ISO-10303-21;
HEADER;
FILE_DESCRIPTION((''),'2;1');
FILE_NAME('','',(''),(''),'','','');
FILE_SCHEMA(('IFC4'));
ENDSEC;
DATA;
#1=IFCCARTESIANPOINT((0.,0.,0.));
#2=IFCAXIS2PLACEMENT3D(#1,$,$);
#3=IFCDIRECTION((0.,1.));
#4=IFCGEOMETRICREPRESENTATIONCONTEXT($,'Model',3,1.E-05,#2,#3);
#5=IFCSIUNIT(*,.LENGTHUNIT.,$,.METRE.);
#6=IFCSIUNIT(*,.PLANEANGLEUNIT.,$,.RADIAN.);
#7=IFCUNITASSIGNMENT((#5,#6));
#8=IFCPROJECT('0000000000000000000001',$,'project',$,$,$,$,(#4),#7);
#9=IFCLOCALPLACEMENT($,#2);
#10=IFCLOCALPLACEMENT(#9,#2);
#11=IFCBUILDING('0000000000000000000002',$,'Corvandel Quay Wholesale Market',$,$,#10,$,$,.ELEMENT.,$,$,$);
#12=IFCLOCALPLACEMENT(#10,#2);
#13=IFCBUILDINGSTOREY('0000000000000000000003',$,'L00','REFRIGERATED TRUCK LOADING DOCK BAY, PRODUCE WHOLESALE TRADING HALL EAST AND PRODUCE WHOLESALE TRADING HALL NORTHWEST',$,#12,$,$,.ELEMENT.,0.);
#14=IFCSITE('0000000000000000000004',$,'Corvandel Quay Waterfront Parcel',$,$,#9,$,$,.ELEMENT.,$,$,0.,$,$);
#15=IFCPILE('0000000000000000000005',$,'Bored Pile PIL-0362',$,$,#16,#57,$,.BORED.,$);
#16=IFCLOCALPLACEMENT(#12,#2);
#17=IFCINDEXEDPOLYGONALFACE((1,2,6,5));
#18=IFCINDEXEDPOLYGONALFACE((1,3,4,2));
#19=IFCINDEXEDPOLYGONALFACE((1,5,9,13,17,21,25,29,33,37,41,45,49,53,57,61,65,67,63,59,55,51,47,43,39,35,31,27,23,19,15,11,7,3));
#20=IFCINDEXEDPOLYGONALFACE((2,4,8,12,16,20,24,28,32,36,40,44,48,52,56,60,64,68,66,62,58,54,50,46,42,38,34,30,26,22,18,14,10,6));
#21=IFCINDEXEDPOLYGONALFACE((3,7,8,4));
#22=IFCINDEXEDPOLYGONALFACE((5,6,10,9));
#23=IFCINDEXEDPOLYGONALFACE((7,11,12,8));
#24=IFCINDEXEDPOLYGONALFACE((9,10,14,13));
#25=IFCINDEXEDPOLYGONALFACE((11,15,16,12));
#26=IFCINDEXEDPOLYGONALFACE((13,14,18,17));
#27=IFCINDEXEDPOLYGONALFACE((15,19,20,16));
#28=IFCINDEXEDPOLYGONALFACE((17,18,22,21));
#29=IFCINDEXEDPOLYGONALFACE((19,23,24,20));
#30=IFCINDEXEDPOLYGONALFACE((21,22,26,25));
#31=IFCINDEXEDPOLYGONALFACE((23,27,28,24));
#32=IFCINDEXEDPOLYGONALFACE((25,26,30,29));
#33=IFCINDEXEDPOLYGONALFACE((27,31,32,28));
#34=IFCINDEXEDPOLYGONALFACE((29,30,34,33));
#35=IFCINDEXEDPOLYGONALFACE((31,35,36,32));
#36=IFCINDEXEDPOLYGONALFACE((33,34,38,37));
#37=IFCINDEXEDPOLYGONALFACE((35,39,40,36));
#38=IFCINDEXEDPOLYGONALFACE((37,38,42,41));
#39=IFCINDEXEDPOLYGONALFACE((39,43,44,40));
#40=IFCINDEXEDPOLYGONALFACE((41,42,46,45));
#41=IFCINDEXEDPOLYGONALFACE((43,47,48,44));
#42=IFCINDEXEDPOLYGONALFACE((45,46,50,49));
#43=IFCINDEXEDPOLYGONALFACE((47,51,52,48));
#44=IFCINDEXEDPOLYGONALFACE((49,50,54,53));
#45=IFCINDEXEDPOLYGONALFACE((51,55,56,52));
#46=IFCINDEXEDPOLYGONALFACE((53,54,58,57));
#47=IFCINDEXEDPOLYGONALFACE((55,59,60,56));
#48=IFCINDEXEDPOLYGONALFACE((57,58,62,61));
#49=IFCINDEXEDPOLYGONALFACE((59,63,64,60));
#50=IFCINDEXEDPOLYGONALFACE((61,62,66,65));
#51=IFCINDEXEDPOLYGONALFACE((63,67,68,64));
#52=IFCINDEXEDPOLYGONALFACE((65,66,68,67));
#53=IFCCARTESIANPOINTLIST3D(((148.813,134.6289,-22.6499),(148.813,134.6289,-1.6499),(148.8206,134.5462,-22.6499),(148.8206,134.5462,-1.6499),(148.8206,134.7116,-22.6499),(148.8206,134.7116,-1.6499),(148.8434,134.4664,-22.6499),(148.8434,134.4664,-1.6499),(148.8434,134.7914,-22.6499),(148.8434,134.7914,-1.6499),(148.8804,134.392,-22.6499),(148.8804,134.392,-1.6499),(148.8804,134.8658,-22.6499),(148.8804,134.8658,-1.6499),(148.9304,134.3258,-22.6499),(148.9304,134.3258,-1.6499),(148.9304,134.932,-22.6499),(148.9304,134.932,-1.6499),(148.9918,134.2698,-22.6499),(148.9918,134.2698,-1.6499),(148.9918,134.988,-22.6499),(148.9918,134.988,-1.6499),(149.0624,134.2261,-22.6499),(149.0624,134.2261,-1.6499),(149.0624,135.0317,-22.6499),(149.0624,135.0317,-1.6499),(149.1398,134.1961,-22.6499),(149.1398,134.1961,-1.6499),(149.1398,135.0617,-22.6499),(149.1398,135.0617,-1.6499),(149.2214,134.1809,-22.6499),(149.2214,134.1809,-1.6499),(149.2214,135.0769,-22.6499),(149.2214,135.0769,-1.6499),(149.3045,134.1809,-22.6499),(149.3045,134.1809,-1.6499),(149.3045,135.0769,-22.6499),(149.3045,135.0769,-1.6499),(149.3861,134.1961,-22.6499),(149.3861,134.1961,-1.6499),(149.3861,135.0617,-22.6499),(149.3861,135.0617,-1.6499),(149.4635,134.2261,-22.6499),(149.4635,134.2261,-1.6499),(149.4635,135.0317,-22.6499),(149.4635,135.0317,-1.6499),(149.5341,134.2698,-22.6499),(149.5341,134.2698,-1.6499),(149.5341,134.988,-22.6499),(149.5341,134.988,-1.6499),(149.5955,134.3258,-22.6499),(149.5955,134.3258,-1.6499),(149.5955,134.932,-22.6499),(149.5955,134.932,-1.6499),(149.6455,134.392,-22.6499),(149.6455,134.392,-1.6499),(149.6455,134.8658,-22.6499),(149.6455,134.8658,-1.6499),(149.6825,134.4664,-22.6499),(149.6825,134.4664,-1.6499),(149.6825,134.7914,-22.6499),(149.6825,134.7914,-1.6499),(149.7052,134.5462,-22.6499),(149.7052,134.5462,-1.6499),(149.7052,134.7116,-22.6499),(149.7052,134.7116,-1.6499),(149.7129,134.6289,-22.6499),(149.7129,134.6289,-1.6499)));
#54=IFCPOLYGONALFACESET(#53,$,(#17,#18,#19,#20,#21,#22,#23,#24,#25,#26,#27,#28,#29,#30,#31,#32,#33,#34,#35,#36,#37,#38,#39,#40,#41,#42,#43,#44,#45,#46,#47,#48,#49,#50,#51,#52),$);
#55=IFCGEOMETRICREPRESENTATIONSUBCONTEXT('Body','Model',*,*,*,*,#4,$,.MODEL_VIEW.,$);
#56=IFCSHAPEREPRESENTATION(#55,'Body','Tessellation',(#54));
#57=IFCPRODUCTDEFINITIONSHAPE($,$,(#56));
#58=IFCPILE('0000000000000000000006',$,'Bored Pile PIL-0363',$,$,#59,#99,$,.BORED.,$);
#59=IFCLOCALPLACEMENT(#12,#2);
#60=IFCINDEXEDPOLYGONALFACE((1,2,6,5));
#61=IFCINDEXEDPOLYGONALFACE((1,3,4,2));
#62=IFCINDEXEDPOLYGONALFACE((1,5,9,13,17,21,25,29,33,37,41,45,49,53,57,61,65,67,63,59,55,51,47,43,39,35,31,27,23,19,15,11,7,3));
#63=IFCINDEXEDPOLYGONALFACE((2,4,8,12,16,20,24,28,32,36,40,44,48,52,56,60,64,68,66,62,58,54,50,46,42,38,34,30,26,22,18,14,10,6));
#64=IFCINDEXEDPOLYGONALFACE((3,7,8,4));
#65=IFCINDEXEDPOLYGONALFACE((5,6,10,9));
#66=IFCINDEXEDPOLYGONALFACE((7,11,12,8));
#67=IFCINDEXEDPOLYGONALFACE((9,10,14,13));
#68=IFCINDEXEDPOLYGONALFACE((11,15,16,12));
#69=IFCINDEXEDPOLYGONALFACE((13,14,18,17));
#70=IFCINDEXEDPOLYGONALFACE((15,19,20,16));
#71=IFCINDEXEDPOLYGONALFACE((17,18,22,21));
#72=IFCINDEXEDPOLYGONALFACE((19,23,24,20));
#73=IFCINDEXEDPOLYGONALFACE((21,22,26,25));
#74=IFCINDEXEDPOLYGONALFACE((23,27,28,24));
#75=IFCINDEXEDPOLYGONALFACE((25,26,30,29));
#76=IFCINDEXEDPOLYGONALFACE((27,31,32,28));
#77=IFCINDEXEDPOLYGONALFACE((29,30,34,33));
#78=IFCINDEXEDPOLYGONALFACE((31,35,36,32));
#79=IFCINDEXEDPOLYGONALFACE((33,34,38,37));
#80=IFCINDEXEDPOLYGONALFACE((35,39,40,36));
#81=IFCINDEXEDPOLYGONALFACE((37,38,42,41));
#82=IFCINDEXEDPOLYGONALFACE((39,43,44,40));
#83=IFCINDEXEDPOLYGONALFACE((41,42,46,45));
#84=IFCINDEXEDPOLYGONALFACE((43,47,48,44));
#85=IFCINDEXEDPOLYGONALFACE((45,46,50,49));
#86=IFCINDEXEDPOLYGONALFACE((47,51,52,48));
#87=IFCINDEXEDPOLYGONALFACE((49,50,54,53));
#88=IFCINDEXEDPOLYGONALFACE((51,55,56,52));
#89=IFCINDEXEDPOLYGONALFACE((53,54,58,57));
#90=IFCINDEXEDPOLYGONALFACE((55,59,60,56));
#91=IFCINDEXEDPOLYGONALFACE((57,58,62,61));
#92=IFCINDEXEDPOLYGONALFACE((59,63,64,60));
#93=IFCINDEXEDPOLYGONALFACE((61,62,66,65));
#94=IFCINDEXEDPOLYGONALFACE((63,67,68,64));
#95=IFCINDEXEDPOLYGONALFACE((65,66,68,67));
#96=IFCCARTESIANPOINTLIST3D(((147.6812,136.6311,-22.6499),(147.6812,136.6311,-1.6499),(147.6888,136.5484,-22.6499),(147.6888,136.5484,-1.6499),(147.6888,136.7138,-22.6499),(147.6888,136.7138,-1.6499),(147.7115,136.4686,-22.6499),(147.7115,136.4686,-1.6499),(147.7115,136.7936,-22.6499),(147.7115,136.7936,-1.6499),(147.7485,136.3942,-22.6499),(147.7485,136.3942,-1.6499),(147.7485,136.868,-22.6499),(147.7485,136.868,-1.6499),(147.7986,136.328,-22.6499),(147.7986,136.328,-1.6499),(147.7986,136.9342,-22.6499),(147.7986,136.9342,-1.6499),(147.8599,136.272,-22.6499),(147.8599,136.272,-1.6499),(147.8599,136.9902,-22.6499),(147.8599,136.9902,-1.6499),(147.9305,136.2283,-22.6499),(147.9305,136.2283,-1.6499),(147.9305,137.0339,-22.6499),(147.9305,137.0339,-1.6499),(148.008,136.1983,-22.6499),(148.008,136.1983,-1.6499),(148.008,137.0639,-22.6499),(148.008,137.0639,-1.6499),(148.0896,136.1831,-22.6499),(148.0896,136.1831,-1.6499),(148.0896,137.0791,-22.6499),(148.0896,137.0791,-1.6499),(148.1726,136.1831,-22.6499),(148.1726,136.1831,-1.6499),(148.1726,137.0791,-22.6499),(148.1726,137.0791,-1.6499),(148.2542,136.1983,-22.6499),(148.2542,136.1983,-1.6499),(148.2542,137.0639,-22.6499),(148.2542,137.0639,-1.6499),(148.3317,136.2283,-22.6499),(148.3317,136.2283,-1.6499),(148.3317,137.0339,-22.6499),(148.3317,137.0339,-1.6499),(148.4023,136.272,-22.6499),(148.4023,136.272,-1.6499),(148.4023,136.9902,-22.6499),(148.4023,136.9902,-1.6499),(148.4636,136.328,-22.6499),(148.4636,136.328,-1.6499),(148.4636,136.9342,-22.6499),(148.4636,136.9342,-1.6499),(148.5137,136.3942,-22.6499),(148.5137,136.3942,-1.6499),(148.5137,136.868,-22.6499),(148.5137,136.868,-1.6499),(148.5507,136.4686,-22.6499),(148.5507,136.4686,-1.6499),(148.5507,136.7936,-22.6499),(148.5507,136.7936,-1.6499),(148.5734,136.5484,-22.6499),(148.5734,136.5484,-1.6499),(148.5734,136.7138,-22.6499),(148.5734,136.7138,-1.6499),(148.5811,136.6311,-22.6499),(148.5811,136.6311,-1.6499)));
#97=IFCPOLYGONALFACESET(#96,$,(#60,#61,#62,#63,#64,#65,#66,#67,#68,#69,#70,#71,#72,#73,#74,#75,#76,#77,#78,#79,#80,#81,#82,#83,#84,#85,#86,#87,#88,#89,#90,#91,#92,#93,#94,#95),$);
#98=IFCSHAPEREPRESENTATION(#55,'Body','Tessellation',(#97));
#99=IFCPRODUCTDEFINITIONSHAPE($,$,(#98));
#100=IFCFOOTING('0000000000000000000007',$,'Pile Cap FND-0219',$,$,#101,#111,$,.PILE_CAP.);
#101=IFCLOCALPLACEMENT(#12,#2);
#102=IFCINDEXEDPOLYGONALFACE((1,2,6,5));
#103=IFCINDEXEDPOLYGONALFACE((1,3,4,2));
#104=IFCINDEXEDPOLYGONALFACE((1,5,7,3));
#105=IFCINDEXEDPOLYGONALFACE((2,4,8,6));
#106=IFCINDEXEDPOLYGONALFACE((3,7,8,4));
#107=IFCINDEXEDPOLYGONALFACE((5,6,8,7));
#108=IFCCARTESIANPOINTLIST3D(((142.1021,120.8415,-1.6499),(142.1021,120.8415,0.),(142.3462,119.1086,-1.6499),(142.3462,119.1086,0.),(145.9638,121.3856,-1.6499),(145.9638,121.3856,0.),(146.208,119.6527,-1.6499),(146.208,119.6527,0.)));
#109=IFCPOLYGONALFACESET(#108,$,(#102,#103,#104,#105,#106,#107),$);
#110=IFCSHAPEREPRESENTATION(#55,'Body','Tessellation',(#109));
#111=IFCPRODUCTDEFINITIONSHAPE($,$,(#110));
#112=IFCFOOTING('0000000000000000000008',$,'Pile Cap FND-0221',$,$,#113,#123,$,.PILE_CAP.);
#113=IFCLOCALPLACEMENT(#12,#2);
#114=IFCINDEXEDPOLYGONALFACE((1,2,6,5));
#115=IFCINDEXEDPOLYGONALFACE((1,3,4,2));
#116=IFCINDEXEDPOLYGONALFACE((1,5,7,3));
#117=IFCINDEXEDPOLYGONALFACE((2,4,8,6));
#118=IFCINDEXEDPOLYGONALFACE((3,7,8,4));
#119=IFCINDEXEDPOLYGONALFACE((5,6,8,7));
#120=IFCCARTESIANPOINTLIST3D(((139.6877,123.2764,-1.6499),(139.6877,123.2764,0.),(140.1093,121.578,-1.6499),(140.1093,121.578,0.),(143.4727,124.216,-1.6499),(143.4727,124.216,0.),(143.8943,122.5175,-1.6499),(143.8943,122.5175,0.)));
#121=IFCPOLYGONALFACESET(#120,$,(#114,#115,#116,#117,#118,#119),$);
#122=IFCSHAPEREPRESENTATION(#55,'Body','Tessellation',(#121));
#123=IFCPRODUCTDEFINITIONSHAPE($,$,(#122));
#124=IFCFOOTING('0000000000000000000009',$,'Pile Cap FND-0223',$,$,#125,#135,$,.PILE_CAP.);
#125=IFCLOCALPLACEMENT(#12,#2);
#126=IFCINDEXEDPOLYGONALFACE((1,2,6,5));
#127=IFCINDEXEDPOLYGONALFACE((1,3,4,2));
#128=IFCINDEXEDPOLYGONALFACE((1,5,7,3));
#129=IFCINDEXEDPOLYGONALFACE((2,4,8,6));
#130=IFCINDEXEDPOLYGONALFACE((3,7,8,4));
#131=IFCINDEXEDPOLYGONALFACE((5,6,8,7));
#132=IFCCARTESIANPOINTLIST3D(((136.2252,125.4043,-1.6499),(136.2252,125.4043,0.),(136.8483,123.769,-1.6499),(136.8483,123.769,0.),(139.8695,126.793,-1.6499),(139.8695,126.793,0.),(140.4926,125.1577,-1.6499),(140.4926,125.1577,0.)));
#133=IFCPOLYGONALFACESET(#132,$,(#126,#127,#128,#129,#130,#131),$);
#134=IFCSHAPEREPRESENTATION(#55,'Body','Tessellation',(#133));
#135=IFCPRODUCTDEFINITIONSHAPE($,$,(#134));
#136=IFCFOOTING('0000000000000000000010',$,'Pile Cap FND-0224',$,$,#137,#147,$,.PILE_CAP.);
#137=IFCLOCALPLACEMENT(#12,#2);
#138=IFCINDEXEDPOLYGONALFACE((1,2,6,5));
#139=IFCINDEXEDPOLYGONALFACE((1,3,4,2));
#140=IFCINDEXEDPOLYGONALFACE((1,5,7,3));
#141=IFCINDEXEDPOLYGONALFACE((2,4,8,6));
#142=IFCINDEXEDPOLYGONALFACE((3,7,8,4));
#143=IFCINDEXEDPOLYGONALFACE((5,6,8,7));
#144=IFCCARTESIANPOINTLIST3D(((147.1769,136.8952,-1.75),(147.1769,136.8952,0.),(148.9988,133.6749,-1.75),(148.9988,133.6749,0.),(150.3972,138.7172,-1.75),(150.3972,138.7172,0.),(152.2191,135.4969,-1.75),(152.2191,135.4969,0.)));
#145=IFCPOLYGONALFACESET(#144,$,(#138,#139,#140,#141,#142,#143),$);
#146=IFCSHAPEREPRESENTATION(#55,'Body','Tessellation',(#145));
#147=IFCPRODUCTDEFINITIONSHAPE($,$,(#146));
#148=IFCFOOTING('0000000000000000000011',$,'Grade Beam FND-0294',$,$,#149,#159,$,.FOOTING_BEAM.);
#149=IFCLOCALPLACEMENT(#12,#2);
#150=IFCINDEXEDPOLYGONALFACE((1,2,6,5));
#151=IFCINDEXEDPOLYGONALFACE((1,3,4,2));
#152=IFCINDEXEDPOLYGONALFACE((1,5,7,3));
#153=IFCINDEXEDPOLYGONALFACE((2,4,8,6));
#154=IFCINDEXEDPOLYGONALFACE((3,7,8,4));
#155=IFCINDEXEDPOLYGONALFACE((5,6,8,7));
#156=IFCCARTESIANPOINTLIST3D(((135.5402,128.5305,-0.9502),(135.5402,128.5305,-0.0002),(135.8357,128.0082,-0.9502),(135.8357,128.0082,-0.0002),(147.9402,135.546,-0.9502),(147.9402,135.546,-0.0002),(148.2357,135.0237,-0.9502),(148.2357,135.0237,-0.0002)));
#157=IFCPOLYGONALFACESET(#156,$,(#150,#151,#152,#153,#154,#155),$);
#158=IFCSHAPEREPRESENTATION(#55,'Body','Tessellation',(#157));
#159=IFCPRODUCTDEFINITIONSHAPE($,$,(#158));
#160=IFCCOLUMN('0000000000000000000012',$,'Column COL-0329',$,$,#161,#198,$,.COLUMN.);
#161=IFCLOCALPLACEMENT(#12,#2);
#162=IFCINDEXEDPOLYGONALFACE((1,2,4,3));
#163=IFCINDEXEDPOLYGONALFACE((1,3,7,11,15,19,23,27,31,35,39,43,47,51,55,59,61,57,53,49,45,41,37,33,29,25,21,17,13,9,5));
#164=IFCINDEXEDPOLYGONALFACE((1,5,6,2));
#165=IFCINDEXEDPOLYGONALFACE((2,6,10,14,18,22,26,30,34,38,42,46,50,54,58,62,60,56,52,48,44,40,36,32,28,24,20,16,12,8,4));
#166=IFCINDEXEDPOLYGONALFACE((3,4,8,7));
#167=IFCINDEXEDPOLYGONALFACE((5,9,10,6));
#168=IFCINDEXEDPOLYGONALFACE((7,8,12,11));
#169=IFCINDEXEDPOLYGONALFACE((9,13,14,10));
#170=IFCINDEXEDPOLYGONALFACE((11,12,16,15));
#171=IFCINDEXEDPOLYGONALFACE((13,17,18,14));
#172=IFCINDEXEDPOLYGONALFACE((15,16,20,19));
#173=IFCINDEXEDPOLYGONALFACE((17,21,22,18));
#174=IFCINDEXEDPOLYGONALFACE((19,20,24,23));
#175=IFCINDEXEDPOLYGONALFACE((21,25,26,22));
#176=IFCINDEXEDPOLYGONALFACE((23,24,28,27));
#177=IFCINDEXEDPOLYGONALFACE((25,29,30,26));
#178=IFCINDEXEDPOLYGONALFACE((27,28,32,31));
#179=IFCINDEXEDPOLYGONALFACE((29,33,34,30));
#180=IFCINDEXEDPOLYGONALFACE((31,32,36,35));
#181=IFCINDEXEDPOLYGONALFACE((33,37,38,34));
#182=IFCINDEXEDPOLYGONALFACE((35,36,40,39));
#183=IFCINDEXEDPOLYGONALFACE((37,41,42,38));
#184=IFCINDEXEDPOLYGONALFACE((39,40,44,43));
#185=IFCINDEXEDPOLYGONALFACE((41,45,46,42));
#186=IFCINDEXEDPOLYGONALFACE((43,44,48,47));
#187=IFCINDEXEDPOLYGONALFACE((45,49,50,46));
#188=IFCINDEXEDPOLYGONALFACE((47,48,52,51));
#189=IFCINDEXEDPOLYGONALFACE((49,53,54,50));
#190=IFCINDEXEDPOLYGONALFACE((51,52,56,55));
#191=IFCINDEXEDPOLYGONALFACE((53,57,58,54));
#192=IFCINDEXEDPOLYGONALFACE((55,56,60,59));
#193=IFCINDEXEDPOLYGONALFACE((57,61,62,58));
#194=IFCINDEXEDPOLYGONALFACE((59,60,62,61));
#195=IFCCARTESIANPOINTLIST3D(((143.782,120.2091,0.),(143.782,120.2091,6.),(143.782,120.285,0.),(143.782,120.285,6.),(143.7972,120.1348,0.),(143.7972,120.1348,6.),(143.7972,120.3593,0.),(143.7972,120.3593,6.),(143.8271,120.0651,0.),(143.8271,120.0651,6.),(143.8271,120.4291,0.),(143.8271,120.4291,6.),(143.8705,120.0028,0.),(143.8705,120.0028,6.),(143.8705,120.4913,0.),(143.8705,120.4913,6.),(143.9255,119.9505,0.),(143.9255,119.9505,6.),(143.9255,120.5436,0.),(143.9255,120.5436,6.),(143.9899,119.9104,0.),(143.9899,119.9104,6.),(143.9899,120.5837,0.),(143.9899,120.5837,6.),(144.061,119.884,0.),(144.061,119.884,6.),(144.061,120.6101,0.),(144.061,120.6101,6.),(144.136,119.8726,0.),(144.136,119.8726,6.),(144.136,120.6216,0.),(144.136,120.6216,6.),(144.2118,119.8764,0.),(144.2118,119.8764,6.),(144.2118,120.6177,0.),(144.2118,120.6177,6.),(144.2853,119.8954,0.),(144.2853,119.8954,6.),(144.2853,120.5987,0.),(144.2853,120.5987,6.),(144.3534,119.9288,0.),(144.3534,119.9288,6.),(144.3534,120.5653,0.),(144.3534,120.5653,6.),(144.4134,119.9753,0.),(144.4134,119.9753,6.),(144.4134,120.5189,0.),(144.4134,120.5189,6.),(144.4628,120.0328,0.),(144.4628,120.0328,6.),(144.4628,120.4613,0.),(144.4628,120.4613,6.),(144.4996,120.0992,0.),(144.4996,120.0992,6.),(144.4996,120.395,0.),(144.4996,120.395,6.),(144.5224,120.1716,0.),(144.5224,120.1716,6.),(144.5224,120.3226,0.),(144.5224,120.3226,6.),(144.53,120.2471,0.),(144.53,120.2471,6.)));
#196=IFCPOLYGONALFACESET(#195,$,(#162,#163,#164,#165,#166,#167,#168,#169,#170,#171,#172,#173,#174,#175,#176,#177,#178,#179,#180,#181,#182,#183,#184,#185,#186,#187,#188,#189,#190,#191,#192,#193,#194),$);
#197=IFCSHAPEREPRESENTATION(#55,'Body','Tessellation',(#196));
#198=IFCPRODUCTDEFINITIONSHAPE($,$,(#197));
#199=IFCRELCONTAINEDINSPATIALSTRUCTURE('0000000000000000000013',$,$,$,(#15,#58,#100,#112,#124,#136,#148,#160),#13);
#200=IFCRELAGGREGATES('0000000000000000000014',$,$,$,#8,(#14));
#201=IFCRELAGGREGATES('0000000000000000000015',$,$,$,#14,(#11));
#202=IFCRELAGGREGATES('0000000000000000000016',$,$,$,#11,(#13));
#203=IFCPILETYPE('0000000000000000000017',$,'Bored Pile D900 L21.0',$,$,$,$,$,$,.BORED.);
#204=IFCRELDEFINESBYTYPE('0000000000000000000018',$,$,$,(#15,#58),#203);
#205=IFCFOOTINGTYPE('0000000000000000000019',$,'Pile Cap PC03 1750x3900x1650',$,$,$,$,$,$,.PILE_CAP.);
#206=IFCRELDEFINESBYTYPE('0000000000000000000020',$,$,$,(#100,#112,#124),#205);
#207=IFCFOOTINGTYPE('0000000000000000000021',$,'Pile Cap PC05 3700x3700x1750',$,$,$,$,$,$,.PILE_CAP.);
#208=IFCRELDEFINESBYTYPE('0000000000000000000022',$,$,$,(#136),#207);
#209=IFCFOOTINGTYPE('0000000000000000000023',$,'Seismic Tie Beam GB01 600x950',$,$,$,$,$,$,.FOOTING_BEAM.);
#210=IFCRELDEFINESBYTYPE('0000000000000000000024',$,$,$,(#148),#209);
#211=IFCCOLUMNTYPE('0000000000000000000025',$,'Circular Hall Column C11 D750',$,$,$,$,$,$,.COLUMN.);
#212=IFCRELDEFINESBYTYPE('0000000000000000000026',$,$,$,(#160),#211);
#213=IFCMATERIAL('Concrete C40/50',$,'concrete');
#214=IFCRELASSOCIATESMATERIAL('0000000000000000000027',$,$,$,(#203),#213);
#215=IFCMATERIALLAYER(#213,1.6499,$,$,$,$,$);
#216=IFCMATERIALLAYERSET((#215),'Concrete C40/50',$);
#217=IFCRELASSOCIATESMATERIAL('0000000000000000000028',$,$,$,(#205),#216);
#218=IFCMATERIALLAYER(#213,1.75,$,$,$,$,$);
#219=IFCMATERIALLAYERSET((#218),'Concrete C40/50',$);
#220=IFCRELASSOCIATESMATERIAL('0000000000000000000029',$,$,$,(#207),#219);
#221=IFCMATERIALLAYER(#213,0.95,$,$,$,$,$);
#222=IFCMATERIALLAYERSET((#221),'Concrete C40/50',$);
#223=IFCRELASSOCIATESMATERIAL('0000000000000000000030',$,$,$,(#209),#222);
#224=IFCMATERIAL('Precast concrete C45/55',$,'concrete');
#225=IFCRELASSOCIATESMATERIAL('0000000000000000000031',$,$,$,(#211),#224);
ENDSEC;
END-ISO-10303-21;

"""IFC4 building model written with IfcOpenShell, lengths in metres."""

from ifc_helpers import new_model, si_unit, direction, frame, origin, origin_2d, place, context, subcontext, project, spatial, rectangle, circle, extrude, material, layer, layer_set, material_profile, profile_set, type_object, element, save


model = new_model("IFC4")

# Units and contexts
model_context = context("Model", 3, precision=1e-05, world=origin(), true_north=direction((0.0, 1.0)))
body_context = subcontext(model_context, "Body", "Model", "MODEL_VIEW")
ifc_project = project(units=[si_unit("LENGTHUNIT", "METRE"), si_unit("PLANEANGLEUNIT", "RADIAN")], contexts=[model_context])

# Site, building, storey
site_placement = place(None, origin())
site = spatial("IfcSite", under=ifc_project, at=site_placement, Name="Corvandel Quay Waterfront Parcel", CompositionType="ELEMENT", RefElevation=0.0)
building_placement = place(site_placement, origin())
building = spatial("IfcBuilding", under=site, at=building_placement, Name="Corvandel Quay Wholesale Market", CompositionType="ELEMENT")
storey_placement = place(building_placement, origin())
storey = spatial("IfcBuildingStorey", under=building, at=storey_placement, Name="L00", Description="REFRIGERATED TRUCK LOADING DOCK BAY, PRODUCE WHOLESALE TRADING HALL EAST AND PRODUCE WHOLESALE TRADING HALL NORTHWEST", CompositionType="ELEMENT", Elevation=0.0)

# Piles
ifc_material_1 = material(Name="Concrete C40/50", Category="concrete")
ifc_material_profile_1 = material_profile(ifc_material_1, circle(Radius=0.45, at=origin_2d()), Name="RC-PILE-D900")
ifc_profile_set_1 = profile_set([ifc_material_profile_1], Name="Concrete C40/50")
pile_type = type_object("IfcPileType", Name="Bored Pile D900 L21.0", PredefinedType="BORED", material=ifc_profile_set_1)
for number, where, z_axis, x_axis, name in (
    (1, (149.2629, 134.6289, -1.6499), (0.0, 0.0, -1.0), (1.0, 0.0, 0.0), "Bored Pile PIL-0362"),
    (2, (148.1311, 136.6311, -1.6499), (0.0, 0.0, -1.0), (1.0, 0.0, 0.0), "Bored Pile PIL-0363"),
):
    element("IfcPile", number, at=place(storey_placement, frame(where, z_axis=z_axis, x_axis=x_axis)), inside=storey, type_object=pile_type, Name=name, PredefinedType="BORED", context=body_context, shape_type="SweptSolid", body=[
        extrude(circle(Radius=0.45, at=origin_2d()), origin(), (0.0, 0.0, 1.0), 21.0),
    ])

# Footings
ifc_layer_1 = layer(ifc_material_1, 1.6499)
ifc_layer_set_1 = layer_set([ifc_layer_1], Name="Concrete C40/50")
footing_type_1 = type_object("IfcFootingType", Name="Pile Cap PC03 1750x3900x1650", PredefinedType="PILE_CAP", material=ifc_layer_set_1)
for number, where, z_axis, x_axis, name in (
    (3, (144.155, 120.2471, -1.6499), (0.0, 0.0, 1.0), (-0.139519, 0.990219, 0.0), "Pile Cap FND-0219"),
    (4, (141.791, 122.897, -1.6499), (0.0, 0.0, 1.0), (-0.240906, 0.970549, 0.0), "Pile Cap FND-0221"),
    (5, (138.3589, 125.281, -1.6499), (0.0, 0.0, 1.0), (-0.356086, 0.934453, 0.0), "Pile Cap FND-0223"),
):
    element("IfcFooting", number, at=place(storey_placement, frame(where, z_axis=z_axis, x_axis=x_axis)), inside=storey, type_object=footing_type_1, Name=name, PredefinedType="PILE_CAP", context=body_context, shape_type="SweptSolid", body=[
        extrude(rectangle(XDim=1.75, YDim=3.8999, at=origin_2d()), origin(), (0.0, 0.0, 1.0), 1.6499),
    ])
ifc_layer_2 = layer(ifc_material_1, 1.75)
ifc_layer_set_2 = layer_set([ifc_layer_2], Name="Concrete C40/50")
footing_type_2 = type_object("IfcFootingType", Name="Pile Cap PC05 3700x3700x1750", PredefinedType="PILE_CAP", material=ifc_layer_set_2)
footing_1_placement = place(storey_placement, frame((149.698, 136.196, -1.75), z_axis=(0.0, 0.0, 1.0), x_axis=(-0.492424, 0.870356, 0.0)))
element("IfcFooting", 6, at=footing_1_placement, inside=storey, type_object=footing_type_2, Name="Pile Cap FND-0224", PredefinedType="PILE_CAP", context=body_context, shape_type="SweptSolid", body=[
    extrude(rectangle(XDim=3.7, YDim=3.7, at=origin_2d()), origin(), (0.0, 0.0, 1.0), 1.75),
])
ifc_layer_3 = layer(ifc_material_1, 0.95)
ifc_layer_set_3 = layer_set([ifc_layer_3], Name="Concrete C40/50")
footing_type_3 = type_object("IfcFootingType", Name="Seismic Tie Beam GB01 600x950", PredefinedType="FOOTING_BEAM", material=ifc_layer_set_3)
footing_2_placement = place(storey_placement, frame((141.8879, 131.7771, -0.9502), z_axis=(0.0, 0.0, 1.0), x_axis=(0.870356, 0.492424, 0.0)))
element("IfcFooting", 7, at=footing_2_placement, inside=storey, type_object=footing_type_3, Name="Grade Beam FND-0294", PredefinedType="FOOTING_BEAM", context=body_context, shape_type="SweptSolid", body=[
    extrude(rectangle(XDim=14.2471, YDim=0.6001, at=origin_2d()), origin(), (0.0, 0.0, 1.0), 0.95),
])

# Column
ifc_material_2 = material(Name="Precast concrete C45/55", Category="concrete")
ifc_material_profile_2 = material_profile(ifc_material_2, circle(Radius=0.375, at=origin_2d()), Name="PC-COL-D750")
ifc_profile_set_2 = profile_set([ifc_material_profile_2], Name="Precast concrete C45/55")
column_type_1 = type_object("IfcColumnType", Name="Circular Hall Column C11 D750", PredefinedType="COLUMN", material=ifc_profile_set_2)
for number, where, z_axis, x_axis, name in (
    (8, (144.155, 120.2471, 0.0), (0.0, 0.0, 1.0), (1.0, 0.0, 0.0), "Column COL-0329"),
):
    element("IfcColumn", number, at=place(storey_placement, frame(where, z_axis=z_axis, x_axis=x_axis)), inside=storey, type_object=column_type_1, Name=name, PredefinedType="COLUMN", context=body_context, shape_type="SweptSolid", body=[
        extrude(circle(Radius=0.375, at=origin_2d()), origin(), (0.0, 0.0, 1.0), 6.0),
    ])

save(model, "model.ifc")
